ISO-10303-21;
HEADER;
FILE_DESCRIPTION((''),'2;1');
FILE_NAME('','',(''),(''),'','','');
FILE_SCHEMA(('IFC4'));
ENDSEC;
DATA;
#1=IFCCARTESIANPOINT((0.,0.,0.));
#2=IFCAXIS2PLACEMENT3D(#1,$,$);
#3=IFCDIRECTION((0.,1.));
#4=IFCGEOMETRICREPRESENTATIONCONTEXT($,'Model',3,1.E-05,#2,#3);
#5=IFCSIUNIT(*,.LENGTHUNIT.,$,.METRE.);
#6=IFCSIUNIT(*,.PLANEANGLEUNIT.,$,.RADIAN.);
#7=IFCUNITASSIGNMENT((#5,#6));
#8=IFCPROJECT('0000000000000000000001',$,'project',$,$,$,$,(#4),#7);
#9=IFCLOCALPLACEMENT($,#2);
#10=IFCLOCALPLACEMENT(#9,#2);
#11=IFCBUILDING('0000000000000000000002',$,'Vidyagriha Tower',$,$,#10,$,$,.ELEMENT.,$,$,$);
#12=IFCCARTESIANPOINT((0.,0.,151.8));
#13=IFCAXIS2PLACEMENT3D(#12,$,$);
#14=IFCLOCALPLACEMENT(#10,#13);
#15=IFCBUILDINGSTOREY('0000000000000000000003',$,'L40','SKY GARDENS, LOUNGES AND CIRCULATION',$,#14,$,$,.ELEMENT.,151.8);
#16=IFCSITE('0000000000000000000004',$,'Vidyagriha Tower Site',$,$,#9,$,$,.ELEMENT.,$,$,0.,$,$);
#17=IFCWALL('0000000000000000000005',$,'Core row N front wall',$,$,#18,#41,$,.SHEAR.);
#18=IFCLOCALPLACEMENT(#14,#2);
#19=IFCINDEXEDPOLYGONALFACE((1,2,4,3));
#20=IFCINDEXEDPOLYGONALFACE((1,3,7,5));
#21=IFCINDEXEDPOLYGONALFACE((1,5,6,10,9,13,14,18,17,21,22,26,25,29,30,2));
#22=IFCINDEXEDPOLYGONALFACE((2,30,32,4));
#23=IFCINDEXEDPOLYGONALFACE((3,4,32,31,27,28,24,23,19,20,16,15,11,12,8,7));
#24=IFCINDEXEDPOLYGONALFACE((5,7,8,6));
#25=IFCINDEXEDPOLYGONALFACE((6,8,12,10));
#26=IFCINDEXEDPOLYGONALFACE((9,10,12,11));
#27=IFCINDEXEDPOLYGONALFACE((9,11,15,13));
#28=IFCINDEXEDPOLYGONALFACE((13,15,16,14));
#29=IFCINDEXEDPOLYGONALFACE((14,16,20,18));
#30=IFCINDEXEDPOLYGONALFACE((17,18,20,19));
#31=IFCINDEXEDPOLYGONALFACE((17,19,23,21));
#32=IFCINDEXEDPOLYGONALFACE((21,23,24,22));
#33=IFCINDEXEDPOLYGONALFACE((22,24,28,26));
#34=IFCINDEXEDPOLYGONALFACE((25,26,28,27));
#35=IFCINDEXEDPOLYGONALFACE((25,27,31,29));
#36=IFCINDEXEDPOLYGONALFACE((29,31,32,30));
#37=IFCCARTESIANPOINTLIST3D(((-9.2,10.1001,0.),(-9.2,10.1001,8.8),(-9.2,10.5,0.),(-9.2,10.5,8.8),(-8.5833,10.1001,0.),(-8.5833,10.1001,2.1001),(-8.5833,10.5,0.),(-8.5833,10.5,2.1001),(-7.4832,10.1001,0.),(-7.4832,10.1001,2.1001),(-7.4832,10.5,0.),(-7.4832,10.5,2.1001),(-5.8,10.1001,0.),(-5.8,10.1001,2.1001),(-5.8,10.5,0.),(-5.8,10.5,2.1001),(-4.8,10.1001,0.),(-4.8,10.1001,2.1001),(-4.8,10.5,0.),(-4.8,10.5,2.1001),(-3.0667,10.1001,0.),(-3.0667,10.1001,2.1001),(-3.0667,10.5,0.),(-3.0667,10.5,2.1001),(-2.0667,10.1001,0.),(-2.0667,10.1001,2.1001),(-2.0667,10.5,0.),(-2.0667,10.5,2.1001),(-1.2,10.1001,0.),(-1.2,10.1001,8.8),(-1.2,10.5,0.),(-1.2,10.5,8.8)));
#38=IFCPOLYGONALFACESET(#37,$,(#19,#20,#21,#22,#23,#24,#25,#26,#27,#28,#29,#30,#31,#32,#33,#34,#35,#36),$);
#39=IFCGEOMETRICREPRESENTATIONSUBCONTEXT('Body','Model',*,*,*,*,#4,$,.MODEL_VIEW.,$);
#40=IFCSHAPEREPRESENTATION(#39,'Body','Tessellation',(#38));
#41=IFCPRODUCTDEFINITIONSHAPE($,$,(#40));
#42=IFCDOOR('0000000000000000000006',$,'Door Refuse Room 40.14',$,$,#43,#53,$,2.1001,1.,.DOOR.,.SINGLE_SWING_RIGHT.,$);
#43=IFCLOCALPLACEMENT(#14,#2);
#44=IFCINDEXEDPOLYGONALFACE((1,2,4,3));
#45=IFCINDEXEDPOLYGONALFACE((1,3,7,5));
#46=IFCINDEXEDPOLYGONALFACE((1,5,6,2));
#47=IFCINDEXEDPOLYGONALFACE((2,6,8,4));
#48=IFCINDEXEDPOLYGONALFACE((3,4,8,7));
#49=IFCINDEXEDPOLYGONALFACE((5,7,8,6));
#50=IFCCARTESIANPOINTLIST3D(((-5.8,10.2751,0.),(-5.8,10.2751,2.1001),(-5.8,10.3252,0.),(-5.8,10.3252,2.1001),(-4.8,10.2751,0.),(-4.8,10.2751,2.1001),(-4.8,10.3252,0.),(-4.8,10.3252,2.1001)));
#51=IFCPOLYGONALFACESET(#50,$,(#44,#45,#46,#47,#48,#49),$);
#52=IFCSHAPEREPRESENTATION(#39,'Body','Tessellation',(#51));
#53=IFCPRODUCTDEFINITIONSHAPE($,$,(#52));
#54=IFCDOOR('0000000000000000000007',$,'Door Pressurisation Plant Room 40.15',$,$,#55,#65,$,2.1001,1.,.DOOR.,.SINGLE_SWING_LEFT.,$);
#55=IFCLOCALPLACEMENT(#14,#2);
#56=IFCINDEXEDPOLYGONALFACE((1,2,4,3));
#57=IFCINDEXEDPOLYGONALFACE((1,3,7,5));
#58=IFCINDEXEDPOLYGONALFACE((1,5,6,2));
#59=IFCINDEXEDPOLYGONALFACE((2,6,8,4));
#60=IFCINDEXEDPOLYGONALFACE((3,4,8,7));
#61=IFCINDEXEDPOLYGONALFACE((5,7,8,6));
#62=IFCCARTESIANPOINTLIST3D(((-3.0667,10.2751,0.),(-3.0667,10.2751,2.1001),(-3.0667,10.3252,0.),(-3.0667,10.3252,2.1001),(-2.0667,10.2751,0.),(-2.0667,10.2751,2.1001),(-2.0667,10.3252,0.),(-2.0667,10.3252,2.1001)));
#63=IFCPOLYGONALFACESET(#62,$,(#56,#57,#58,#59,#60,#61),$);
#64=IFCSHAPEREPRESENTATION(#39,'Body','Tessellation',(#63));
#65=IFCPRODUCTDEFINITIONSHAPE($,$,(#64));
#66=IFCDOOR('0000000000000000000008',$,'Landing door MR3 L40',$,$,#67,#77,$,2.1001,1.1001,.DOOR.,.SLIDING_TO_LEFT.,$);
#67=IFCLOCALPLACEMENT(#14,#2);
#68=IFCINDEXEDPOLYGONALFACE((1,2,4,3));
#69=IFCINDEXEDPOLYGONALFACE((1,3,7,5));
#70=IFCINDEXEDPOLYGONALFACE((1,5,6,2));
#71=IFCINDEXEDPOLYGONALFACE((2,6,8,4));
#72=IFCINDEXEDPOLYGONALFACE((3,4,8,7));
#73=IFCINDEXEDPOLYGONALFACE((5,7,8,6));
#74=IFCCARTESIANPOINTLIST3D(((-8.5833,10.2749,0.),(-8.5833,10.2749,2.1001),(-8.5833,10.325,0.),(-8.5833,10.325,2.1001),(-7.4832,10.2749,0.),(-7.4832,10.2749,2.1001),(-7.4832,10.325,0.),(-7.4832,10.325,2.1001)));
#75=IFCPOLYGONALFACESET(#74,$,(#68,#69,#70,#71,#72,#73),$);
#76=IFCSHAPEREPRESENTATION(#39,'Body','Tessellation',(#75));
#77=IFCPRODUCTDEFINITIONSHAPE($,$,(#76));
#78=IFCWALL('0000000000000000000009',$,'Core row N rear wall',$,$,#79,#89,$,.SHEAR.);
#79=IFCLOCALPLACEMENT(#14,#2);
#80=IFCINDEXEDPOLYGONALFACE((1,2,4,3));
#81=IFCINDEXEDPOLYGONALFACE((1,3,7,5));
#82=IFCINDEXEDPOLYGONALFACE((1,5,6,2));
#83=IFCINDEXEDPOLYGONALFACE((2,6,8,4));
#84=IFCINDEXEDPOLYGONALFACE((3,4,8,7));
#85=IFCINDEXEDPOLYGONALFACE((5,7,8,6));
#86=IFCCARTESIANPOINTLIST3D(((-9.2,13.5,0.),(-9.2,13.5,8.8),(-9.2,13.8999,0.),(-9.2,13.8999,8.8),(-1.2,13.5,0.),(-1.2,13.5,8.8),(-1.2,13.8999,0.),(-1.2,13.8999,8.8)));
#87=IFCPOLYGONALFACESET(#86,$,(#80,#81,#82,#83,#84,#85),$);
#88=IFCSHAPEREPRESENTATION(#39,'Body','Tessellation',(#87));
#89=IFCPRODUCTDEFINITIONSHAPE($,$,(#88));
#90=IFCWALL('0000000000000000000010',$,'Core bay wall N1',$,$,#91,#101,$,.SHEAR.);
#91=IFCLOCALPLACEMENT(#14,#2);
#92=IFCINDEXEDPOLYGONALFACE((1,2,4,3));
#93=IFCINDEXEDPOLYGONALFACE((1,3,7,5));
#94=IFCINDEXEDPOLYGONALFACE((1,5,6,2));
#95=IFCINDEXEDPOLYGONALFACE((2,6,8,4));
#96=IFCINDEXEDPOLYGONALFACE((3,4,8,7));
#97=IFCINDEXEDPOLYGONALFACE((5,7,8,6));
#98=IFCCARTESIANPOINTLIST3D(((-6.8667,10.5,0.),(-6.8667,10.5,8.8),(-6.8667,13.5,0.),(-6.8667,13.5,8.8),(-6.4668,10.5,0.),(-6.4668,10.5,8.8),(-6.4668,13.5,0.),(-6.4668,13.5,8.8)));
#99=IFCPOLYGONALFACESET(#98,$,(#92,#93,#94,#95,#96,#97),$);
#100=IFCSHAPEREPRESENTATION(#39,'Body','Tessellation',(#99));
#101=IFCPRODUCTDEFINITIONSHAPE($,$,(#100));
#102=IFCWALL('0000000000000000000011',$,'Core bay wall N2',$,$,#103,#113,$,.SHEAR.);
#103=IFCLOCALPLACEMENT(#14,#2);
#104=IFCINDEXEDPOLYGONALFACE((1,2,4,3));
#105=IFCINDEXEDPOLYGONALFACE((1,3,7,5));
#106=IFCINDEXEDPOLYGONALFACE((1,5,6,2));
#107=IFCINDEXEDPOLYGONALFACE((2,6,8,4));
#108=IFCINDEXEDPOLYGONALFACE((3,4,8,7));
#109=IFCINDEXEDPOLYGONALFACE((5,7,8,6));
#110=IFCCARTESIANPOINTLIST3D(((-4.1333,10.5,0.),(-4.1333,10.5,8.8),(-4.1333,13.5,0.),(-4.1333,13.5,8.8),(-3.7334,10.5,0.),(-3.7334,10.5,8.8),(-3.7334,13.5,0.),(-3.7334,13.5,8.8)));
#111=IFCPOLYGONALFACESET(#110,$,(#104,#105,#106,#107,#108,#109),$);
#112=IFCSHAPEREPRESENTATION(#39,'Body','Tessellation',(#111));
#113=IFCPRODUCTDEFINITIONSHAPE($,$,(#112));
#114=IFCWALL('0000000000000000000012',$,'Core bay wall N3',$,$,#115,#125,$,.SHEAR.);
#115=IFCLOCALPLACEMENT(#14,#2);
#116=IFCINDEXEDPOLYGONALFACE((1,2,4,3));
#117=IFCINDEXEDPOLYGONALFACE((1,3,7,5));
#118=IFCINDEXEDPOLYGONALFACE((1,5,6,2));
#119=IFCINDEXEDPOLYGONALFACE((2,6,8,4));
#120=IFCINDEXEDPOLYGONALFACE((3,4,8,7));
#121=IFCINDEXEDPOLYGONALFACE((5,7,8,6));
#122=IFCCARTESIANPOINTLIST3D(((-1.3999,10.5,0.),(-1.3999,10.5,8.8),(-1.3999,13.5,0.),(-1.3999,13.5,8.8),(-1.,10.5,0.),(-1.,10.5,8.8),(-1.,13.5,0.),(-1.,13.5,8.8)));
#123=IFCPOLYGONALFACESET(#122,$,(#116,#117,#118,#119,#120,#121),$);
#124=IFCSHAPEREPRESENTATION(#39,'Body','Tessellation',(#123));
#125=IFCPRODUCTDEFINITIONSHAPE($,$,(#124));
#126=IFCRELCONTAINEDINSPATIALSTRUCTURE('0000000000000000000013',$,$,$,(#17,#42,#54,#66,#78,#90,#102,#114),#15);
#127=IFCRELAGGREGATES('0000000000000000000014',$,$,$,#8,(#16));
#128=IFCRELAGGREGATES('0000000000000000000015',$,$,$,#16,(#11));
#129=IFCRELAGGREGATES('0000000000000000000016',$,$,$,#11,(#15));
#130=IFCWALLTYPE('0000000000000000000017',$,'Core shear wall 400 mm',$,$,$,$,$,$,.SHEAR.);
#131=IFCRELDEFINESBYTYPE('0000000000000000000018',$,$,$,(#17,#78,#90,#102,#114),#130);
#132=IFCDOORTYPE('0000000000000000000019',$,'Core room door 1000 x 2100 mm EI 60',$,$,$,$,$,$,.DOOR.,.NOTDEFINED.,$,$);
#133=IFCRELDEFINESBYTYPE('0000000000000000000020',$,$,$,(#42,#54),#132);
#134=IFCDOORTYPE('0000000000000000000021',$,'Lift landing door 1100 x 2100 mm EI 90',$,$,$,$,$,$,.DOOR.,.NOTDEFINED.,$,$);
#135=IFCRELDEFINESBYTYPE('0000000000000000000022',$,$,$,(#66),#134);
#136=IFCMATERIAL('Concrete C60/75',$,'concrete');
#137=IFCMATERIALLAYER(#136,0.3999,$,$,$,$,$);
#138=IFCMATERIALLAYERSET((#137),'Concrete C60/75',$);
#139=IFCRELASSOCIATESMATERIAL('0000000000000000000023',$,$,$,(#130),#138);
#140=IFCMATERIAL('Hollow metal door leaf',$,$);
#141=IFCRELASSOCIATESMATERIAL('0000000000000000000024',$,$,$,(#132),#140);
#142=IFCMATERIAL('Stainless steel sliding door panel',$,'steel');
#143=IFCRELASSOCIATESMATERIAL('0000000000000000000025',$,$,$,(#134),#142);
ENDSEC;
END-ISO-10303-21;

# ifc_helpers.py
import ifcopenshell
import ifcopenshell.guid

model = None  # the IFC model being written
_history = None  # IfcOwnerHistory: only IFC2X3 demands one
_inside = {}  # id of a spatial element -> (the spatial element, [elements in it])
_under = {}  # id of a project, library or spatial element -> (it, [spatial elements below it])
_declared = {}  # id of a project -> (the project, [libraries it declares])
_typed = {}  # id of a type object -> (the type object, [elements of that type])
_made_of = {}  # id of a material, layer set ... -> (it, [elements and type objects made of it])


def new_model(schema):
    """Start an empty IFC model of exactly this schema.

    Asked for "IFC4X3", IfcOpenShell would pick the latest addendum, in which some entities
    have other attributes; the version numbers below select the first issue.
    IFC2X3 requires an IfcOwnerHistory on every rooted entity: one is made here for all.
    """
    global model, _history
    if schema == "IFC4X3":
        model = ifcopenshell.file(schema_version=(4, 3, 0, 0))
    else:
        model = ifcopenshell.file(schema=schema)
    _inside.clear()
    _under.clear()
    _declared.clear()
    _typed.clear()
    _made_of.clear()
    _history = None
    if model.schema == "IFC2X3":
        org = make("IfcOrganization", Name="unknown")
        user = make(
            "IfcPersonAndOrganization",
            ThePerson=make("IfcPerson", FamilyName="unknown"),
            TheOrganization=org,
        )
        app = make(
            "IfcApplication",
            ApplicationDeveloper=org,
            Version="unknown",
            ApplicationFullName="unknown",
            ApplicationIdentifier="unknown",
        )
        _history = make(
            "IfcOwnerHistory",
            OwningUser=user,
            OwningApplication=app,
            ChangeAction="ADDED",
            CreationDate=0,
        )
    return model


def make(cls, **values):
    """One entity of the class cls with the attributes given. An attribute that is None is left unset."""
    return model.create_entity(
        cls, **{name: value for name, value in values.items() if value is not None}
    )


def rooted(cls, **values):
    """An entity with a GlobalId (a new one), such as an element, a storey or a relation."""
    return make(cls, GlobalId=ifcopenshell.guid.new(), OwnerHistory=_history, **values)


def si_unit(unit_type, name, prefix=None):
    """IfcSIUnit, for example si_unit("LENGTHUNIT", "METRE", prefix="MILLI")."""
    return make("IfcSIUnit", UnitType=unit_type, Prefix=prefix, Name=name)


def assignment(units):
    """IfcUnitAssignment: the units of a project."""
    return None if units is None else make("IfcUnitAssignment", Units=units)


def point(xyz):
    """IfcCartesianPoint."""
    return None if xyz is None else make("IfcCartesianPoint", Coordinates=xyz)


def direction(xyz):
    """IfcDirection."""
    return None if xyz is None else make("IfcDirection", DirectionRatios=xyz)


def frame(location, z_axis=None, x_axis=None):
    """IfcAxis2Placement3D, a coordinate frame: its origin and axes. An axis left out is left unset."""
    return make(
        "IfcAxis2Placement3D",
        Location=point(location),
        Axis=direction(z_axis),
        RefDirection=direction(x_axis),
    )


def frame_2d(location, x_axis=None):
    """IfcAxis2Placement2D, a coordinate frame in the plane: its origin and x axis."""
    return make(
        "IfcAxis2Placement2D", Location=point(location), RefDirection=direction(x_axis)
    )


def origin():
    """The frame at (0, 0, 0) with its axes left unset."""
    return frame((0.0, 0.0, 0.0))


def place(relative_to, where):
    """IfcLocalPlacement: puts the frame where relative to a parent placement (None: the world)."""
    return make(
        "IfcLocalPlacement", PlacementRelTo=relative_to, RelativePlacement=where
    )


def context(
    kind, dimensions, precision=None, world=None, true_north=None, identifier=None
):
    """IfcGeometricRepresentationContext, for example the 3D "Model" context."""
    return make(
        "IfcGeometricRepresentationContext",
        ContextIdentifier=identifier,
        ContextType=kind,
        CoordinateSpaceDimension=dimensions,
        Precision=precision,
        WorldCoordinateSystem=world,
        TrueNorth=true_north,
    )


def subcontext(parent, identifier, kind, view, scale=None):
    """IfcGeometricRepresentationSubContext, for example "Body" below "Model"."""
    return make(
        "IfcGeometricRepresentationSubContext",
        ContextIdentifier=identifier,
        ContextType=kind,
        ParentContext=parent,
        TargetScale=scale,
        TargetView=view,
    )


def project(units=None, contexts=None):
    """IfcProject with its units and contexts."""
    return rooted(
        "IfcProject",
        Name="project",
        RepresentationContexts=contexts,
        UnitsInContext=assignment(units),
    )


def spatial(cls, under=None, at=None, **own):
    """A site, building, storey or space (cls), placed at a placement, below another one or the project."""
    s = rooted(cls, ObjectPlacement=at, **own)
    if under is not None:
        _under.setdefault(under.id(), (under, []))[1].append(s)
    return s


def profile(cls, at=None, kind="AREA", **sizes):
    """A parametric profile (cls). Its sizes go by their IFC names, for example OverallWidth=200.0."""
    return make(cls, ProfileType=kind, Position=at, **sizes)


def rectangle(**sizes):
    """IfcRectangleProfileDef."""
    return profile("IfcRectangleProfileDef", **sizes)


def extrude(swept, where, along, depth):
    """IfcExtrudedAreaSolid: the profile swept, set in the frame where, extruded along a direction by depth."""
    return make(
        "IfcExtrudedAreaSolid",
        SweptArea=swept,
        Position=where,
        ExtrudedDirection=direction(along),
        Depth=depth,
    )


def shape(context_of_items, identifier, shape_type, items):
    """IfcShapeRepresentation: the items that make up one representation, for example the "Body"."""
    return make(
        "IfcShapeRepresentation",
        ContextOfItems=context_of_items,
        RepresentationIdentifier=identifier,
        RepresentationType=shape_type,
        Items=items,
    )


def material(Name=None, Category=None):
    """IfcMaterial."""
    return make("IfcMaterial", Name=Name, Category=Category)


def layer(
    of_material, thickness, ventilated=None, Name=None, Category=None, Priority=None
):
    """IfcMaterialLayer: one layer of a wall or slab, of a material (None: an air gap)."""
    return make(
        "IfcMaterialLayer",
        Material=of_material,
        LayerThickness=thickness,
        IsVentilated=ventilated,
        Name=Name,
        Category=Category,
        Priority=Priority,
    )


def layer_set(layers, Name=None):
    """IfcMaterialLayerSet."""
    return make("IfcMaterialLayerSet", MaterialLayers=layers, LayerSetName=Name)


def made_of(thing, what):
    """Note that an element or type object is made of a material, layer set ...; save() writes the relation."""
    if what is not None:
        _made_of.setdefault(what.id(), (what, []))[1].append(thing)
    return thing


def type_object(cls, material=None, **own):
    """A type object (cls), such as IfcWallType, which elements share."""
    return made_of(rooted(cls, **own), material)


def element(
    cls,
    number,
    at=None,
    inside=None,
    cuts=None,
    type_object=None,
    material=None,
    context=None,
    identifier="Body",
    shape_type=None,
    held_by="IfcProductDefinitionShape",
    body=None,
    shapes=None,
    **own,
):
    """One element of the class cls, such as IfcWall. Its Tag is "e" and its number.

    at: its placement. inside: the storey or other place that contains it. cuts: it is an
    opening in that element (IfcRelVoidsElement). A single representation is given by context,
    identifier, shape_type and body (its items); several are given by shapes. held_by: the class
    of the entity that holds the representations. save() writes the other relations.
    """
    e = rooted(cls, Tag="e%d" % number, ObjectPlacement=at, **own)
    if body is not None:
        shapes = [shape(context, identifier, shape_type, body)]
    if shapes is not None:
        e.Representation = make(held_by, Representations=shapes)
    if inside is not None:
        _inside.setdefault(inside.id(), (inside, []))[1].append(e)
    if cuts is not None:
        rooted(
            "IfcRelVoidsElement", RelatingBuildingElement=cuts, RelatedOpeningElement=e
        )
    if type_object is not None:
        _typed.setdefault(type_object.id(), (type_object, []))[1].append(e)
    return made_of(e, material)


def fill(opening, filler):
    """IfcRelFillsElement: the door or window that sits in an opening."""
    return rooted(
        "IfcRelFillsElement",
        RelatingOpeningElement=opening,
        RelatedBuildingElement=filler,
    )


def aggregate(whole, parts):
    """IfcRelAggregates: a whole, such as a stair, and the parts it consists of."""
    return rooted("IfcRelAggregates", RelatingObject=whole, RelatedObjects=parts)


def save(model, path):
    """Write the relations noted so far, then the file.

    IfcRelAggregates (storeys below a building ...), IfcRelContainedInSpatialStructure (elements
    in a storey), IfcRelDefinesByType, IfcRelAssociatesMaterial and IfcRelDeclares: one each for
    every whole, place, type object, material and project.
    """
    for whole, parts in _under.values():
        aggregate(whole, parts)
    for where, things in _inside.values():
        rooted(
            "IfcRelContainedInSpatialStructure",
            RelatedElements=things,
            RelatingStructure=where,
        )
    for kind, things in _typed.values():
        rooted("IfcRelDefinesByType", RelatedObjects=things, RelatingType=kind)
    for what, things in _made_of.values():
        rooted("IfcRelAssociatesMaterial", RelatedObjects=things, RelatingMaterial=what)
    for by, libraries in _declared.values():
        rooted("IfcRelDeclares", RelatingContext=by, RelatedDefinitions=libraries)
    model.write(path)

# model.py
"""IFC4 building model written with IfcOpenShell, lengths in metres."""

from ifc_helpers import new_model, si_unit, direction, frame, frame_2d, origin, place, context, subcontext, project, spatial, rectangle, extrude, material, layer, layer_set, type_object, element, fill, save


model = new_model("IFC4")

# Units and contexts
model_context = context("Model", 3, precision=1e-05, world=origin(), true_north=direction((0.0, 1.0)))
body_context = subcontext(model_context, "Body", "Model", "MODEL_VIEW")
ifc_project = project(units=[si_unit("LENGTHUNIT", "METRE"), si_unit("PLANEANGLEUNIT", "RADIAN")], contexts=[model_context])

# Site, building, storey
site_placement = place(None, origin())
site = spatial("IfcSite", under=ifc_project, at=site_placement, Name="Vidyagriha Tower Site", CompositionType="ELEMENT", RefElevation=0.0)
building_placement = place(site_placement, origin())
building = spatial("IfcBuilding", under=site, at=building_placement, Name="Vidyagriha Tower", CompositionType="ELEMENT")
storey_placement = place(building_placement, frame((0.0, 0.0, 151.8)))
storey = spatial("IfcBuildingStorey", under=building, at=storey_placement, Name="L40", Description="SKY GARDENS, LOUNGES AND CIRCULATION", CompositionType="ELEMENT", Elevation=151.8)

# Shared definitions
ifc_material_1 = material(Name="Concrete C60/75", Category="concrete")
ifc_layer_1 = layer(ifc_material_1, 0.3999)
ifc_layer_set_1 = layer_set([ifc_layer_1], Name="Concrete C60/75")
wall_type_1 = type_object("IfcWallType", Name="Core shear wall 400 mm", PredefinedType="SHEAR", material=ifc_layer_set_1)
ifc_material_2 = material(Name="Hollow metal door leaf")
door_type_1 = type_object("IfcDoorType", Name="Core room door 1000 x 2100 mm EI 60", OperationType="NOTDEFINED", PredefinedType="DOOR", material=ifc_material_2)

# Wall, openings, doors
wall_1_placement = place(storey_placement, frame((-9.2, 10.3, 0.0)))
wall_1 = element("IfcWall", 1, at=wall_1_placement, inside=storey, type_object=wall_type_1, Name="Core row N front wall", PredefinedType="SHEAR", context=body_context, shape_type="SweptSolid", body=[
    extrude(rectangle(XDim=8.0, YDim=0.3999, at=frame_2d((4.0, 0.0))), origin(), (0.0, 0.0, 1.0), 8.8),
])
opening_1_placement = place(wall_1_placement, frame((0.6167, 0.0, 0.0)))
opening_1 = element("IfcOpeningElement", 2, at=opening_1_placement, cuts=wall_1, PredefinedType="OPENING", context=body_context, shape_type="SweptSolid", body=[
    extrude(rectangle(XDim=1.1001, YDim=2.1001, at=frame_2d((0.55, 1.05))), frame((0.0, 0.21, 0.0), z_axis=(0.0, -1.0, 0.0), x_axis=(1.0, 0.0, 0.0)), (0.0, 0.0, 1.0), 0.4199),
])
opening_2_placement = place(wall_1_placement, frame((3.3999, 0.0, 0.0)))
opening_2 = element("IfcOpeningElement", 3, at=opening_2_placement, cuts=wall_1, PredefinedType="OPENING", context=body_context, shape_type="SweptSolid", body=[
    extrude(rectangle(XDim=1.0, YDim=2.1001, at=frame_2d((0.5, 1.05))), frame((0.0, 0.21, 0.0), z_axis=(0.0, -1.0, 0.0), x_axis=(1.0, 0.0, 0.0)), (0.0, 0.0, 1.0), 0.4199),
])
opening_3_placement = place(wall_1_placement, frame((6.1333, 0.0, 0.0)))
opening_3 = element("IfcOpeningElement", 4, at=opening_3_placement, cuts=wall_1, PredefinedType="OPENING", context=body_context, shape_type="SweptSolid", body=[
    extrude(rectangle(XDim=1.0, YDim=2.1001, at=frame_2d((0.5, 1.05))), frame((0.0, 0.21, 0.0), z_axis=(0.0, -1.0, 0.0), x_axis=(1.0, 0.0, 0.0)), (0.0, 0.0, 1.0), 0.4199),
])
door_1_placement = place(opening_2_placement, frame((1.0, 0.0, 0.0), z_axis=(0.0, 0.0, 1.0), x_axis=(-1.0, 0.0, 0.0)))
door_1 = element("IfcDoor", 5, at=door_1_placement, inside=storey, type_object=door_type_1, Name="Door Refuse Room 40.14", OperationType="SINGLE_SWING_RIGHT", OverallHeight=2.1001, OverallWidth=1.0, PredefinedType="DOOR", context=body_context, shape_type="SweptSolid", body=[
    extrude(rectangle(XDim=1.0, YDim=2.1001, at=frame_2d((0.5, 1.05))), frame((0.0, 0.0249, 0.0), z_axis=(0.0, -1.0, 0.0), x_axis=(1.0, 0.0, 0.0)), (0.0, 0.0, 1.0), 0.05),
])
fill(opening_2, door_1)
door_2_placement = place(opening_3_placement, frame((1.0, 0.0, 0.0), z_axis=(0.0, 0.0, 1.0), x_axis=(-1.0, 0.0, 0.0)))
door_2 = element("IfcDoor", 6, at=door_2_placement, inside=storey, type_object=door_type_1, Name="Door Pressurisation Plant Room 40.15", OperationType="SINGLE_SWING_LEFT", OverallHeight=2.1001, OverallWidth=1.0, PredefinedType="DOOR", context=body_context, shape_type="SweptSolid", body=[
    extrude(rectangle(XDim=1.0, YDim=2.1001, at=frame_2d((0.5, 1.05))), frame((0.0, 0.0249, 0.0), z_axis=(0.0, -1.0, 0.0), x_axis=(1.0, 0.0, 0.0)), (0.0, 0.0, 1.0), 0.05),
])
fill(opening_3, door_2)
ifc_material_3 = material(Name="Stainless steel sliding door panel", Category="steel")
door_type_2 = type_object("IfcDoorType", Name="Lift landing door 1100 x 2100 mm EI 90", OperationType="NOTDEFINED", PredefinedType="DOOR", material=ifc_material_3)
door_3_placement = place(opening_1_placement, origin())
door_3 = element("IfcDoor", 7, at=door_3_placement, inside=storey, type_object=door_type_2, Name="Landing door MR3 L40", OperationType="SLIDING_TO_LEFT", OverallHeight=2.1001, OverallWidth=1.1001, PredefinedType="DOOR", context=body_context, shape_type="SweptSolid", body=[
    extrude(rectangle(XDim=1.1001, YDim=2.1001, at=frame_2d((0.55, 1.05))), frame((0.0, 0.0249, 0.0), z_axis=(0.0, -1.0, 0.0), x_axis=(1.0, 0.0, 0.0)), (0.0, 0.0, 1.0), 0.05),
])
fill(opening_1, door_3)

# Walls
wall_2_placement = place(storey_placement, frame((-9.2, 13.7, 0.0)))
element("IfcWall", 8, at=wall_2_placement, inside=storey, type_object=wall_type_1, Name="Core row N rear wall", PredefinedType="SHEAR", context=body_context, shape_type="SweptSolid", body=[
    extrude(rectangle(XDim=8.0, YDim=0.3999, at=frame_2d((4.0, 0.0))), origin(), (0.0, 0.0, 1.0), 8.8),
])
for number, where, z_axis, x_axis, name in (
    (9, (-6.6667, 10.5, 0.0), (0.0, 0.0, 1.0), (0.0, 1.0, 0.0), "Core bay wall N1"),
    (10, (-3.9333, 10.5, 0.0), (0.0, 0.0, 1.0), (0.0, 1.0, 0.0), "Core bay wall N2"),
    (11, (-1.2, 10.5, 0.0), (0.0, 0.0, 1.0), (0.0, 1.0, 0.0), "Core bay wall N3"),
):
    element("IfcWall", number, at=place(storey_placement, frame(where, z_axis=z_axis, x_axis=x_axis)), inside=storey, type_object=wall_type_1, Name=name, PredefinedType="SHEAR", context=body_context, shape_type="SweptSolid", body=[
        extrude(rectangle(XDim=3.0, YDim=0.3999, at=frame_2d((1.5, 0.0))), origin(), (0.0, 0.0, 1.0), 8.8),
    ])

save(model, "model.ifc")
